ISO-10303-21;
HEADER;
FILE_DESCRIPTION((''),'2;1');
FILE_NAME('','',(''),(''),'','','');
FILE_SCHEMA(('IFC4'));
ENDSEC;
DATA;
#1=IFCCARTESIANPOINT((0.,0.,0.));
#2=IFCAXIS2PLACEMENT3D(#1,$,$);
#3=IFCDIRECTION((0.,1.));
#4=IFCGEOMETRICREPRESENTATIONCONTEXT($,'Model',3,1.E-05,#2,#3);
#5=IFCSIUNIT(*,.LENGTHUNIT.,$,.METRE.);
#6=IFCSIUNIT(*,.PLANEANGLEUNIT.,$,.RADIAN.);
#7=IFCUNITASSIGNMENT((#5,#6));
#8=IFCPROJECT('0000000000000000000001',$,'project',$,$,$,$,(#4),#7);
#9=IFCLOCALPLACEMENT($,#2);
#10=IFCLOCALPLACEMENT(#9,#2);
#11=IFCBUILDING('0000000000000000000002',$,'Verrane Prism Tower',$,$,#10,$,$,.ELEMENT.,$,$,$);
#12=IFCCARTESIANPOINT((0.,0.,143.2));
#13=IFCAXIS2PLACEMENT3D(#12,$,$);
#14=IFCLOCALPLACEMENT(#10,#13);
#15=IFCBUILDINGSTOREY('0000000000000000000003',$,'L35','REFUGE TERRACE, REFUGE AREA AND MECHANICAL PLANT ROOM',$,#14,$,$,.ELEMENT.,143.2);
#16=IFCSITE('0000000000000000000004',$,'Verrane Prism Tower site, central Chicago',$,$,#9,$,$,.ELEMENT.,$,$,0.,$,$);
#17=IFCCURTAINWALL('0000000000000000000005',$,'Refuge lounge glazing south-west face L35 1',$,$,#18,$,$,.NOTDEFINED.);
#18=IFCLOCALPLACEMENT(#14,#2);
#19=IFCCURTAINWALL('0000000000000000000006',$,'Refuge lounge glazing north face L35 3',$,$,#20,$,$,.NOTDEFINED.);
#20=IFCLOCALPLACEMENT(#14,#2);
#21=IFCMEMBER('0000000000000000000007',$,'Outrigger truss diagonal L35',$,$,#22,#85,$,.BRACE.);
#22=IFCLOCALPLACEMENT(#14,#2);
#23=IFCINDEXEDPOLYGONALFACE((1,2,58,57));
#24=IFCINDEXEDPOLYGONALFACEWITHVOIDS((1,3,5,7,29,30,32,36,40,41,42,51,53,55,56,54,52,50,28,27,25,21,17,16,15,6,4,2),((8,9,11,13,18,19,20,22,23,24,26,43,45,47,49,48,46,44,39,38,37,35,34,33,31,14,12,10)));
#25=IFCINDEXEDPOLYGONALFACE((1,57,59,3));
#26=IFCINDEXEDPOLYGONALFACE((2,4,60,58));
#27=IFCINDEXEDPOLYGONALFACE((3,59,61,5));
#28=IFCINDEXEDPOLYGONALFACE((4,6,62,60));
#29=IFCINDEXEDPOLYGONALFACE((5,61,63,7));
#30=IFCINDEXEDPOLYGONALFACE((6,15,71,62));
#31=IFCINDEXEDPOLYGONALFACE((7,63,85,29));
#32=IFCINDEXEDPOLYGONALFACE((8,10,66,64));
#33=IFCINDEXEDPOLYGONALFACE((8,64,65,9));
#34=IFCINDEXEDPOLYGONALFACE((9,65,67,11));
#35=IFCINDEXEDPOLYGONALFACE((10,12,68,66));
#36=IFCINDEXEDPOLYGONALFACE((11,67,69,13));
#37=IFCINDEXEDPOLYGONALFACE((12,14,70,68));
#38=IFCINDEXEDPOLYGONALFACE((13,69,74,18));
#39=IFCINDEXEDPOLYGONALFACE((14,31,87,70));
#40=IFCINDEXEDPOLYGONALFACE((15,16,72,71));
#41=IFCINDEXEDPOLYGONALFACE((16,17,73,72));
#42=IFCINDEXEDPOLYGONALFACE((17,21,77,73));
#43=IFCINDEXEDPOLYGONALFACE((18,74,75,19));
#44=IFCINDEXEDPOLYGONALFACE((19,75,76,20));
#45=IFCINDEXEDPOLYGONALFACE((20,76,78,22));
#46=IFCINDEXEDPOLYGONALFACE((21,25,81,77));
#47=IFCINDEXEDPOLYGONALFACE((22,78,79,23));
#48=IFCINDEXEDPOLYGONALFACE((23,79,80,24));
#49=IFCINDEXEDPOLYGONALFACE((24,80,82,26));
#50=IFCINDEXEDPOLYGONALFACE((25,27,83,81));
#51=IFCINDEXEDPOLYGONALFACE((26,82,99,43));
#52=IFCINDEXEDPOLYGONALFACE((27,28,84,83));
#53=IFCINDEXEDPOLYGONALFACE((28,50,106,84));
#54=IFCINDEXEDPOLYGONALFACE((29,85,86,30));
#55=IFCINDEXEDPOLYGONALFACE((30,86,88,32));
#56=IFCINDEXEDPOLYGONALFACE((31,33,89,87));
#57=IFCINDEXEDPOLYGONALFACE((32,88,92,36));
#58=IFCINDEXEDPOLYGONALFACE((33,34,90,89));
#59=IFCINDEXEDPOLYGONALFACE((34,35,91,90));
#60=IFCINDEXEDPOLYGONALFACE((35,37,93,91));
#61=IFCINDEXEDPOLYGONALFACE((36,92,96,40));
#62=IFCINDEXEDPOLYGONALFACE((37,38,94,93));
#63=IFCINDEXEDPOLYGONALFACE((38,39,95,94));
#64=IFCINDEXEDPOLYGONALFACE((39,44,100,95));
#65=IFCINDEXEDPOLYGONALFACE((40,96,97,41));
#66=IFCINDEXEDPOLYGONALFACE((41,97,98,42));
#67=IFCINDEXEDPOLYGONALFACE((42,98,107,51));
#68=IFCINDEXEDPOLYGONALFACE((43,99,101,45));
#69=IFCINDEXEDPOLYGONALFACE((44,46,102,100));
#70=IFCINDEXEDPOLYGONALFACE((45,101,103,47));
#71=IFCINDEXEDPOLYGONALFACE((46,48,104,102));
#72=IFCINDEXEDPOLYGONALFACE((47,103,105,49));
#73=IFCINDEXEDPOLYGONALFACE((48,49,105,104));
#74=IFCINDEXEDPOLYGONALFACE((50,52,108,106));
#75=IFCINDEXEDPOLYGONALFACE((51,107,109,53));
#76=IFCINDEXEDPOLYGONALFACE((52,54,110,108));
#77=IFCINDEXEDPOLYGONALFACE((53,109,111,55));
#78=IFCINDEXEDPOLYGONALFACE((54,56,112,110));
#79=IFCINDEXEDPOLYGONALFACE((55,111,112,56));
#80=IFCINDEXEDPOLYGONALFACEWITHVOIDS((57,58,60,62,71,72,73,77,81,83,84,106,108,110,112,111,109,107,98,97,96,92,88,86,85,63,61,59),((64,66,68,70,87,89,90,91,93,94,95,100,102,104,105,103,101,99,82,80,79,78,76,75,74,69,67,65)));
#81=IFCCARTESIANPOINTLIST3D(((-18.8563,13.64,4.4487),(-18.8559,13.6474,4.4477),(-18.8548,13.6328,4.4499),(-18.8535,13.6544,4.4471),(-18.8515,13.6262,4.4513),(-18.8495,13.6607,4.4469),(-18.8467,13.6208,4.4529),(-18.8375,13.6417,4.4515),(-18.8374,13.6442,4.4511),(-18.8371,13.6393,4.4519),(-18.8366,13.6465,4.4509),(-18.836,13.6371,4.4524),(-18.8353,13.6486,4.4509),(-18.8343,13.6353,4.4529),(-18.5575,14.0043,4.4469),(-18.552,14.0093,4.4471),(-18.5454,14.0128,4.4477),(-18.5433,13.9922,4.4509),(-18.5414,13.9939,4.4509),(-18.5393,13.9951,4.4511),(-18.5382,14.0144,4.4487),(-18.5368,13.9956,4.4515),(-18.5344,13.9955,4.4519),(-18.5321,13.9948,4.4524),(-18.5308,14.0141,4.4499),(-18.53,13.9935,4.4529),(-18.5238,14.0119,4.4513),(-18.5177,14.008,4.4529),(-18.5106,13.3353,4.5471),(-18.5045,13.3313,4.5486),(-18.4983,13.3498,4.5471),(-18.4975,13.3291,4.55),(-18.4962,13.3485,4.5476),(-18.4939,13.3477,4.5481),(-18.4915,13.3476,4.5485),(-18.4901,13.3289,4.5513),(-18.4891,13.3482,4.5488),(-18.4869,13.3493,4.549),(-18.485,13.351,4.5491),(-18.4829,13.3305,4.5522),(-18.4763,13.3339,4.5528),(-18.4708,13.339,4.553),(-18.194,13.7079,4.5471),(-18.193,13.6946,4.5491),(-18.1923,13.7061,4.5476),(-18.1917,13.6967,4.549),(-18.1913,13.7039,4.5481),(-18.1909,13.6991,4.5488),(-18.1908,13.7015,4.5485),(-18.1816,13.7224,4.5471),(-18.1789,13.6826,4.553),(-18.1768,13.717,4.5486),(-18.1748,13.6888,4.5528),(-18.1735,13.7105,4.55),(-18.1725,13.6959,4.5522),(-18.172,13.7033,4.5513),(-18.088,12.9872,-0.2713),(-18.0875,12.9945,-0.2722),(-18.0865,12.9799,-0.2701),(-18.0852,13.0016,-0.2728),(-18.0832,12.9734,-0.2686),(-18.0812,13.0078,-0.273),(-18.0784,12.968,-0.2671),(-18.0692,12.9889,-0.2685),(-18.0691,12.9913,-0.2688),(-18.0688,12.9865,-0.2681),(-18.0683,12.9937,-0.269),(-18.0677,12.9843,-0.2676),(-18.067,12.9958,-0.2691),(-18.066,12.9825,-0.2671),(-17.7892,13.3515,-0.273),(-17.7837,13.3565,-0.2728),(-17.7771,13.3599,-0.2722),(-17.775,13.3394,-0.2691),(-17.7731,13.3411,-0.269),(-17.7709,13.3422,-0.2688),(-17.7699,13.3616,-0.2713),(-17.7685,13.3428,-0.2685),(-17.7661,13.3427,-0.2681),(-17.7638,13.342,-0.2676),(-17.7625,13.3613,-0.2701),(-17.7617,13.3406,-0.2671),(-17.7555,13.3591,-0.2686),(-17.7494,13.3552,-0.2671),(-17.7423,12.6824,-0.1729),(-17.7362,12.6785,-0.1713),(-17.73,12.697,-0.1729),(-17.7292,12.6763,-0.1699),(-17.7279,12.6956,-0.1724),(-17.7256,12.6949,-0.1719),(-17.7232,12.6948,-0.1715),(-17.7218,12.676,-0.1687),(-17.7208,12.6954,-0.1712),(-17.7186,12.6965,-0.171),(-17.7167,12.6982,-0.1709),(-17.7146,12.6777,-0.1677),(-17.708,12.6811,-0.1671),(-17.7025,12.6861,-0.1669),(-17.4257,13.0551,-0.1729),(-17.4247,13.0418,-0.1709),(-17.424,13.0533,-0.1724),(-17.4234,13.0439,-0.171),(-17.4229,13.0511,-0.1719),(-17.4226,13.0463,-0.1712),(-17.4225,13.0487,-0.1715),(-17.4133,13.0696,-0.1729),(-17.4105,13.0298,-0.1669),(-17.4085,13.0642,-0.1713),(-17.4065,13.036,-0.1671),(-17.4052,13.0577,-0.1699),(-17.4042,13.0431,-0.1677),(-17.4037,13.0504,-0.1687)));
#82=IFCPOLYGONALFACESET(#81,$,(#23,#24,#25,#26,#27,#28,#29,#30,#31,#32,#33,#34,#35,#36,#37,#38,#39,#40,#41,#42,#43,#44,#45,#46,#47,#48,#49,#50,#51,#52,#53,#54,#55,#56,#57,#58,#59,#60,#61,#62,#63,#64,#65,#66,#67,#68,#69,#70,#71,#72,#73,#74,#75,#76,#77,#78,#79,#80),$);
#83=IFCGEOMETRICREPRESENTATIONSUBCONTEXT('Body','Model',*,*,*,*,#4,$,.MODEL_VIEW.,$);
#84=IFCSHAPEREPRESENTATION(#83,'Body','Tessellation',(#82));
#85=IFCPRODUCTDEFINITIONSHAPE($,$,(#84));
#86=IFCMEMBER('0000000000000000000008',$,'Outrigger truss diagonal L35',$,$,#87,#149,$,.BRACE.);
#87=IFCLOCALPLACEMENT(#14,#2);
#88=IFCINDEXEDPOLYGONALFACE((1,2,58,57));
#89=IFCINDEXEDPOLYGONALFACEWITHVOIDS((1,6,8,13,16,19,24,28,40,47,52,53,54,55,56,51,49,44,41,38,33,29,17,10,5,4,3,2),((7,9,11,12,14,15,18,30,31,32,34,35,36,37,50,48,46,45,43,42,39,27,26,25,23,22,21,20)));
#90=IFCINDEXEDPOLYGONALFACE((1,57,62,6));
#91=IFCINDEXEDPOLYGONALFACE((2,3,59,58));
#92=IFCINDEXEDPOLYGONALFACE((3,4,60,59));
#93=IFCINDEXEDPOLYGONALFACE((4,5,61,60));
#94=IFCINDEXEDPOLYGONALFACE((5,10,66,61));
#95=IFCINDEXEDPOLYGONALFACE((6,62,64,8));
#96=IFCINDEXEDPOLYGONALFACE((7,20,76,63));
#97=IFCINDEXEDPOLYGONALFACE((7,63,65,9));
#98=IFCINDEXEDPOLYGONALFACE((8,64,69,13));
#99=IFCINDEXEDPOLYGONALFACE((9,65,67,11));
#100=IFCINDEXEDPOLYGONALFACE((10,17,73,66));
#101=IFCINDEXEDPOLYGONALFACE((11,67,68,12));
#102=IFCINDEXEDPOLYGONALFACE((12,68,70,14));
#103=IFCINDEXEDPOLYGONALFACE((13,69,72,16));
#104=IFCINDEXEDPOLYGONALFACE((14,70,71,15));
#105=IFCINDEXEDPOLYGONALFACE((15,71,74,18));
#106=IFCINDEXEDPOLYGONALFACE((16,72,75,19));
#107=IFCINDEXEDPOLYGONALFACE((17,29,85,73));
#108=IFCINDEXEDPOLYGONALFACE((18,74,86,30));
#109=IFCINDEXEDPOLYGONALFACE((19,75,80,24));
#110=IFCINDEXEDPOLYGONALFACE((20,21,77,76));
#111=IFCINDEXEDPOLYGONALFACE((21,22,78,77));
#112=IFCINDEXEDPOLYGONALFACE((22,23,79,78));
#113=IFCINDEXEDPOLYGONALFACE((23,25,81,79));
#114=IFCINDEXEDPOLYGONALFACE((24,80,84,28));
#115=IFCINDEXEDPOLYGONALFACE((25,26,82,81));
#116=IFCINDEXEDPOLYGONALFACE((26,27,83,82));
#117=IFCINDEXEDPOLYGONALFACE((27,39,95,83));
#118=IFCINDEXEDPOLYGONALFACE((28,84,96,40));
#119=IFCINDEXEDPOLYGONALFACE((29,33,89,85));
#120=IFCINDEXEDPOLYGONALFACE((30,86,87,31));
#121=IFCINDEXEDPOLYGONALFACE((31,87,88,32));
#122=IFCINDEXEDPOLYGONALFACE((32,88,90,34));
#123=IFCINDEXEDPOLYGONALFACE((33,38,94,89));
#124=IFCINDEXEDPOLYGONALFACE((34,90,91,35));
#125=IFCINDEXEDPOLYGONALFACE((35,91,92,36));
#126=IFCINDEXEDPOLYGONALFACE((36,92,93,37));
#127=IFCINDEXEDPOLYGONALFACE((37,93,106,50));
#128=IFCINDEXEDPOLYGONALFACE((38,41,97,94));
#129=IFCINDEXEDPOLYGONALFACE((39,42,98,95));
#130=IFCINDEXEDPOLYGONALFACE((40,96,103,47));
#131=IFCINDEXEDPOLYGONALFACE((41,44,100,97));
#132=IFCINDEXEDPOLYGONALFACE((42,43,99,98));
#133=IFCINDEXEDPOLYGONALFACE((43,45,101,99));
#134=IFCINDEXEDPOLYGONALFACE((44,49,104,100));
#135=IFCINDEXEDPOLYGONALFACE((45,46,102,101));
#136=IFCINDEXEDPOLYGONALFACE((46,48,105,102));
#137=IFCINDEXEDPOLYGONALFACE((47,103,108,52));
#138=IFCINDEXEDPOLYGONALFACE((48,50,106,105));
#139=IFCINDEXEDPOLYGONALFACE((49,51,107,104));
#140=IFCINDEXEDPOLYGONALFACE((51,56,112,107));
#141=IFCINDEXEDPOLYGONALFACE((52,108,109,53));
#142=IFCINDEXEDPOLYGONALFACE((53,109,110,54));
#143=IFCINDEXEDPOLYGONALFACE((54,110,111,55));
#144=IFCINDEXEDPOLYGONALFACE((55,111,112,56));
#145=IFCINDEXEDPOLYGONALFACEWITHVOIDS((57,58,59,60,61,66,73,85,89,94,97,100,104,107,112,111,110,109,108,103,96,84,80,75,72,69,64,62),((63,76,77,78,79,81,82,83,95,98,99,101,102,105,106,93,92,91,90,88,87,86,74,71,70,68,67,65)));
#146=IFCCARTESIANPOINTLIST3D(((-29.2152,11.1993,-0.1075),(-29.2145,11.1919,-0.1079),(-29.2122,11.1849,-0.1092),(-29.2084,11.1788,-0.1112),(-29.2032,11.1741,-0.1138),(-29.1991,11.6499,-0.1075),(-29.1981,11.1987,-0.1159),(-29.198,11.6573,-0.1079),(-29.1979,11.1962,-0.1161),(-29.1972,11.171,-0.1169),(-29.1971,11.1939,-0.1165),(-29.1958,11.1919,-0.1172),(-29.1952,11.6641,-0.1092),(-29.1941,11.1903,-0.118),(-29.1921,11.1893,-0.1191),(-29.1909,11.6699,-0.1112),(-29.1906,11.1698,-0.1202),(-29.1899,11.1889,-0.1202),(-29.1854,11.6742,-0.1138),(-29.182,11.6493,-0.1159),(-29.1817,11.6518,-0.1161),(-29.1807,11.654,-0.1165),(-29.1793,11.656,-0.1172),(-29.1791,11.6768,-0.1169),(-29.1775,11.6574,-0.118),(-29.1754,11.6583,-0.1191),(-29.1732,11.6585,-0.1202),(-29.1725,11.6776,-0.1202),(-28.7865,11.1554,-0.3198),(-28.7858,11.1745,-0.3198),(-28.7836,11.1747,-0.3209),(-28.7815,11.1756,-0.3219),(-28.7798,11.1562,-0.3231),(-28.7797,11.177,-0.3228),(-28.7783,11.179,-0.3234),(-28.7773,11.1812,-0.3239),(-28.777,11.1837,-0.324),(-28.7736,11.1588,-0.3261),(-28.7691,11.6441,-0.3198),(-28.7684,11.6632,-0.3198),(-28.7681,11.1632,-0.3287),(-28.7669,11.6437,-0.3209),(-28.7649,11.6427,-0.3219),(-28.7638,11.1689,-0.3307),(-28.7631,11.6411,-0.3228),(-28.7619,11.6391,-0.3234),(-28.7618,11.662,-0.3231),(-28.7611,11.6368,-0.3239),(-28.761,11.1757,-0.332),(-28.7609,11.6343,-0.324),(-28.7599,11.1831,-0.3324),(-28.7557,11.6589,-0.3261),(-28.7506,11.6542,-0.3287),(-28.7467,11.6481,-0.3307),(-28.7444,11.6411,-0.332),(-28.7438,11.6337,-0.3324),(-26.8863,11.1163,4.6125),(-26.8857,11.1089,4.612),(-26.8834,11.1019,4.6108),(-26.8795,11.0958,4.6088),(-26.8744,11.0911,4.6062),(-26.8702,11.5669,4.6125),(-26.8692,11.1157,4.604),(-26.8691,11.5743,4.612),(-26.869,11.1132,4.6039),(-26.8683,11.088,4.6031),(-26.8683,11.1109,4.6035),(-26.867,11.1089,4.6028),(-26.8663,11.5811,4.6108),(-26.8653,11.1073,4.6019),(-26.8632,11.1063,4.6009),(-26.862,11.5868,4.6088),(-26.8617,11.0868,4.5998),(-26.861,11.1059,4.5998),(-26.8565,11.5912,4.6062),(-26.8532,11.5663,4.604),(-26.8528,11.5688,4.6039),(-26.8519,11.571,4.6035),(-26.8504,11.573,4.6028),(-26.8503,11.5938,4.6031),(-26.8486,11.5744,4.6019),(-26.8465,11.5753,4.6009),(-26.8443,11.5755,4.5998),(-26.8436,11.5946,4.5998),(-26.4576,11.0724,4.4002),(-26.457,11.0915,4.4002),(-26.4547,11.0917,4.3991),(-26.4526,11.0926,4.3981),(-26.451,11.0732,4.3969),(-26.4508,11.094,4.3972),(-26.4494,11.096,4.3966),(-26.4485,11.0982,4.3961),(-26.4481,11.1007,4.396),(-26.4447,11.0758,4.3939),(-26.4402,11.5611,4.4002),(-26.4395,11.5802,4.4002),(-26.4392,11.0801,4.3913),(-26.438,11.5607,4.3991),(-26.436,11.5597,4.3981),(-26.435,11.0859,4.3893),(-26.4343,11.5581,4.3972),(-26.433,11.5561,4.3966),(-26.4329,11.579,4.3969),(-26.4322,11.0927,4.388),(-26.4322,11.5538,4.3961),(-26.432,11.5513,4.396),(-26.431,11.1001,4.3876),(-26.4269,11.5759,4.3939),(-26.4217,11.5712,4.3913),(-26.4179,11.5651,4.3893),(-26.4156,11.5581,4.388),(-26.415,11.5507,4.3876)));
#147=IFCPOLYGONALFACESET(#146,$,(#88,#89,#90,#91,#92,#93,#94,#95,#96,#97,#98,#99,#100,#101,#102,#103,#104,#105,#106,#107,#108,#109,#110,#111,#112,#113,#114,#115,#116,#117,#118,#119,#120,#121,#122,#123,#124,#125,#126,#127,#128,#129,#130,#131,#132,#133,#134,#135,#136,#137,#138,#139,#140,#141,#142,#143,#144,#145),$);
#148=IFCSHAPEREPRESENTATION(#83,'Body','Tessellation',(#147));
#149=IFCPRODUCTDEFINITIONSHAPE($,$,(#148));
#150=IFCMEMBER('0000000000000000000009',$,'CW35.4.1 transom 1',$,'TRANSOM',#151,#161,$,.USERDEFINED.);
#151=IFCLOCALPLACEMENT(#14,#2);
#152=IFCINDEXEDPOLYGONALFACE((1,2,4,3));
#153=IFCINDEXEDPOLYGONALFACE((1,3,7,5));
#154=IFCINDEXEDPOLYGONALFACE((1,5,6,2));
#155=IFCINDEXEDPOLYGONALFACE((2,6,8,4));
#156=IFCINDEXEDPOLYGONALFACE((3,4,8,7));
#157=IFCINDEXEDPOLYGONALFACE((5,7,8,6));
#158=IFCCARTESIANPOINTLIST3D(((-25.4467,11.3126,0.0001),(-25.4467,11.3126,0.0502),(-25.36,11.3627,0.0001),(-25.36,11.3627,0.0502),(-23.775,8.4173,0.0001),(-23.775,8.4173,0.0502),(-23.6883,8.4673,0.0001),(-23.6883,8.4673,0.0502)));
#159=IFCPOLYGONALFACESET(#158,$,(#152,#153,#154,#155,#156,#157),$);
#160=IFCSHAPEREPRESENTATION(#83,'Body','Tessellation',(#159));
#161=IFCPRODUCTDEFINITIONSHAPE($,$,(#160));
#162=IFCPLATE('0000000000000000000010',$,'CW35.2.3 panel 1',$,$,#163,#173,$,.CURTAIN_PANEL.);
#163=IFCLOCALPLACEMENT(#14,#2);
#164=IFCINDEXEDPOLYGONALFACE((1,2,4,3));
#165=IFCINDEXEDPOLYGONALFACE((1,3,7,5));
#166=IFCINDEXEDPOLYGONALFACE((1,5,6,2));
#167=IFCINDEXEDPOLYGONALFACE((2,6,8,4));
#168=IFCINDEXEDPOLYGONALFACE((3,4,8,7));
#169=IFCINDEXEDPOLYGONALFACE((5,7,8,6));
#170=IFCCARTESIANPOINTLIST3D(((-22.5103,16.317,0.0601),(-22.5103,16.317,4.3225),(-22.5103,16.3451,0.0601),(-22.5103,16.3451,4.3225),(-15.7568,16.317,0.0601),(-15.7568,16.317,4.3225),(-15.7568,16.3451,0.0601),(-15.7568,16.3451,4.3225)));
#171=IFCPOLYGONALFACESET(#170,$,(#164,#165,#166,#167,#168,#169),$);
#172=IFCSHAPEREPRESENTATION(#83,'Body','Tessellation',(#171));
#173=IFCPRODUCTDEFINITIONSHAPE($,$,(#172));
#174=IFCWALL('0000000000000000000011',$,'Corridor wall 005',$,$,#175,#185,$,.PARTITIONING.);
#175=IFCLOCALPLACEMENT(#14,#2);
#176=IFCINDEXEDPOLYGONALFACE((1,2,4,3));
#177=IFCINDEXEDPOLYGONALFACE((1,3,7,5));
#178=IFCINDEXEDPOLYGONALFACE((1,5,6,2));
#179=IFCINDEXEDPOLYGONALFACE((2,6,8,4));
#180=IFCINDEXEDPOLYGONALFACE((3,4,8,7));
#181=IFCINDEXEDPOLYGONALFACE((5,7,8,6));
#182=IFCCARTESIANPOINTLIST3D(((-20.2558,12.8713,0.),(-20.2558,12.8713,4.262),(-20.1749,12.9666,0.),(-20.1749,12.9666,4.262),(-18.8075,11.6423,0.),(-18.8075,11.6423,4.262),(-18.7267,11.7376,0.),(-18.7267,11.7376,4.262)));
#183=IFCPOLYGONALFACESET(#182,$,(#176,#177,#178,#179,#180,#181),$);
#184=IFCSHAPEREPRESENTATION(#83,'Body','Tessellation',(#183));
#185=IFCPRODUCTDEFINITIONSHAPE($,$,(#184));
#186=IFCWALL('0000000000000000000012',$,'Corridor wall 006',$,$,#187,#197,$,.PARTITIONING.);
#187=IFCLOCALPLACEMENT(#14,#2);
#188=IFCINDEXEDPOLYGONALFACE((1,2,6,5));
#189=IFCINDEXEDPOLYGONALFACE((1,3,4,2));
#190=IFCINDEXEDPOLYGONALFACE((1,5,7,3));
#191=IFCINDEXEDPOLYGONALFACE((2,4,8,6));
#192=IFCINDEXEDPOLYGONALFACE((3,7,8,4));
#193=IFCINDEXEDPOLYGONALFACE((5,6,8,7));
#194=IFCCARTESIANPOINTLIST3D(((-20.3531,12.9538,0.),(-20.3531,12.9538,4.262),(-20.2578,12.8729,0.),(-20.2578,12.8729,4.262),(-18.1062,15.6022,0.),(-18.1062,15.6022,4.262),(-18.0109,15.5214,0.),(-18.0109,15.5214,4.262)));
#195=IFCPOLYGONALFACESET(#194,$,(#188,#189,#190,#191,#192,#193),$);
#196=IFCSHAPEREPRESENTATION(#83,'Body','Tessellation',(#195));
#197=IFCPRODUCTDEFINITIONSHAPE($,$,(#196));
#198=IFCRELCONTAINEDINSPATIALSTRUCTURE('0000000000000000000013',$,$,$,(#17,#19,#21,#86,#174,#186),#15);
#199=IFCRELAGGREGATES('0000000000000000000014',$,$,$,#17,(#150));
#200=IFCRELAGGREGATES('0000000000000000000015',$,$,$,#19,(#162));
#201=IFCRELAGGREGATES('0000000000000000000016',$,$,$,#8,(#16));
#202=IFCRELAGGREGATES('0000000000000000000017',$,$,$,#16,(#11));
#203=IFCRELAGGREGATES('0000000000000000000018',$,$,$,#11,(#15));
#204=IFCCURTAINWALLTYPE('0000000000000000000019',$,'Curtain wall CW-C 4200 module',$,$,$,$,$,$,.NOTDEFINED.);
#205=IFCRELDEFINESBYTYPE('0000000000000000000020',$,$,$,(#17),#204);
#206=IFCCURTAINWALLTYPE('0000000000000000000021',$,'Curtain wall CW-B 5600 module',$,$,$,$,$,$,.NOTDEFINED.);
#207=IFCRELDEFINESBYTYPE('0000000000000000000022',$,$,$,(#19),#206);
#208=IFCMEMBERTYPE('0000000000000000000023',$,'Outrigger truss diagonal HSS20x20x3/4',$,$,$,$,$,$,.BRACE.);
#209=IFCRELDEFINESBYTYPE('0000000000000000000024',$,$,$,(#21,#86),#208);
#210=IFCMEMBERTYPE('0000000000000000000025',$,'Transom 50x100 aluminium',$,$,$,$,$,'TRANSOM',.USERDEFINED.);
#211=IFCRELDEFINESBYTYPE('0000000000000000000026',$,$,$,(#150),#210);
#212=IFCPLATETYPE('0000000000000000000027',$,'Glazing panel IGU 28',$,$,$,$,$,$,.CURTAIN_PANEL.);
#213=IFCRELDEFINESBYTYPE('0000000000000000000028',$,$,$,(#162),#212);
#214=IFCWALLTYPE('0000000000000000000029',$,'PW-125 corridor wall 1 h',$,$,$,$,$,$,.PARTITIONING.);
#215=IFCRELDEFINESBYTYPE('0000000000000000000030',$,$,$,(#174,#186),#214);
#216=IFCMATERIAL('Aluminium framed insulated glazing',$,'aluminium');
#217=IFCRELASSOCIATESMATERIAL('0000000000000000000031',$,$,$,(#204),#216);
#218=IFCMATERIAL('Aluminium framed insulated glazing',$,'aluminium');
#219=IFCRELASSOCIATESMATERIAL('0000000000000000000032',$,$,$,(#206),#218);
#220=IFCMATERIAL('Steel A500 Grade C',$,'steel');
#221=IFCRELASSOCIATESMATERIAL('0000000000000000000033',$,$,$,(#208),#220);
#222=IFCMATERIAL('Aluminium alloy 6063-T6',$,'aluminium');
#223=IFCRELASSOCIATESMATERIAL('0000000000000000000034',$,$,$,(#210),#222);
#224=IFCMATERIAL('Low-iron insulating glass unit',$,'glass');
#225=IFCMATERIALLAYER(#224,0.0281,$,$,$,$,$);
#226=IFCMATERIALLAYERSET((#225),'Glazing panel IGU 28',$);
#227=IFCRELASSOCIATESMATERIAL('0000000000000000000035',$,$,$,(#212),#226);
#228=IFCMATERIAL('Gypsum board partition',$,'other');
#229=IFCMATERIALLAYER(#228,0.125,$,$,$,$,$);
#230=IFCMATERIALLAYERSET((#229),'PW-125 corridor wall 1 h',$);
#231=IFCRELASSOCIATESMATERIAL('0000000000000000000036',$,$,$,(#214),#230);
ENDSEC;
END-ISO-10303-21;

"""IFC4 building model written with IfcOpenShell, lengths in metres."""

from ifc_helpers import new_model, si_unit, direction, frame, frame_2d, origin, origin_2d, place, context, subcontext, project, spatial, rectangle, hollow_rectangle, extrude, material, layer, layer_set, material_profile, profile_set, type_object, element, aggregate, save


model = new_model("IFC4")

# Units and contexts
model_context = context("Model", 3, precision=1e-05, world=origin(), true_north=direction((0.0, 1.0)))
body_context = subcontext(model_context, "Body", "Model", "MODEL_VIEW")
ifc_project = project(units=[si_unit("LENGTHUNIT", "METRE"), si_unit("PLANEANGLEUNIT", "RADIAN")], contexts=[model_context])

# Site, building, storey
site_placement = place(None, origin())
site = spatial("IfcSite", under=ifc_project, at=site_placement, Name="Verrane Prism Tower site, central Chicago", CompositionType="ELEMENT", RefElevation=0.0)
building_placement = place(site_placement, origin())
building = spatial("IfcBuilding", under=site, at=building_placement, Name="Verrane Prism Tower", CompositionType="ELEMENT")
storey_placement = place(building_placement, frame((0.0, 0.0, 143.2)))
storey = spatial("IfcBuildingStorey", under=building, at=storey_placement, Name="L35", Description="REFUGE TERRACE, REFUGE AREA AND MECHANICAL PLANT ROOM", CompositionType="ELEMENT", Elevation=143.2)

# Curtain walls
ifc_material_1 = material(Name="Aluminium framed insulated glazing", Category="aluminium")
curtain_wall_type_1 = type_object("IfcCurtainWallType", Name="Curtain wall CW-C 4200 module", PredefinedType="NOTDEFINED", material=ifc_material_1)
curtain_wall_1_placement = place(storey_placement, origin())
curtain_wall_1 = element("IfcCurtainWall", 1, at=curtain_wall_1_placement, inside=storey, type_object=curtain_wall_type_1, Name="Refuge lounge glazing south-west face L35 1", PredefinedType="NOTDEFINED")
ifc_material_2 = material(Name="Aluminium framed insulated glazing", Category="aluminium")
curtain_wall_type_2 = type_object("IfcCurtainWallType", Name="Curtain wall CW-B 5600 module", PredefinedType="NOTDEFINED", material=ifc_material_2)
curtain_wall_2_placement = place(storey_placement, origin())
curtain_wall_2 = element("IfcCurtainWall", 2, at=curtain_wall_2_placement, inside=storey, type_object=curtain_wall_type_2, Name="Refuge lounge glazing north face L35 3", PredefinedType="NOTDEFINED")

# Members
ifc_material_3 = material(Name="Steel A500 Grade C", Category="steel")
ifc_material_profile_1 = material_profile(ifc_material_3, hollow_rectangle(XDim=0.5081, YDim=0.5081, WallThickness=0.019, InnerFilletRadius=0.0095, OuterFilletRadius=0.0286, at=origin_2d()), Name="HSS20x20x3/4")
ifc_profile_set_1 = profile_set([ifc_material_profile_1], Name="Steel A500 Grade C")
member_type_1 = type_object("IfcMemberType", Name="Outrigger truss diagonal HSS20x20x3/4", PredefinedType="BRACE", material=ifc_profile_set_1)
member_1_placement = place(storey_placement, frame((-17.7458, 13.0188, -0.22), z_axis=(-0.159188, 0.135261, 0.977938), x_axis=(-0.647515, -0.762053, 0.0)))
element("IfcMember", 3, at=member_1_placement, inside=storey, type_object=member_type_1, Name="Outrigger truss diagonal L35", PredefinedType="BRACE", context=body_context, shape_type="SweptSolid", body=[
    extrude(hollow_rectangle(XDim=0.5081, YDim=0.5081, WallThickness=0.019, InnerFilletRadius=0.0095, OuterFilletRadius=0.0286, at=origin_2d()), origin(), (0.0, 0.0, 1.0), 4.8264),
])
member_2_placement = place(storey_placement, frame((-28.9795, 11.4165, -0.22), z_axis=(0.442421, -0.015769, 0.896669), x_axis=(0.035621, 0.999365, 0.0)))
element("IfcMember", 4, at=member_2_placement, inside=storey, type_object=member_type_1, Name="Outrigger truss diagonal L35", PredefinedType="BRACE", context=body_context, shape_type="SweptSolid", body=[
    extrude(hollow_rectangle(XDim=0.5081, YDim=0.5081, WallThickness=0.019, InnerFilletRadius=0.0095, OuterFilletRadius=0.0286, at=origin_2d()), origin(), (0.0, 0.0, 1.0), 5.2639),
])

# Member
ifc_material_4 = material(Name="Aluminium alloy 6063-T6", Category="aluminium")
ifc_material_profile_2 = material_profile(ifc_material_4, rectangle(XDim=0.1001, YDim=0.05, at=origin_2d()), Name="Transom 50x100 aluminium")
ifc_profile_set_2 = profile_set([ifc_material_profile_2], Name="Aluminium alloy 6063-T6")
member_type_2 = type_object("IfcMemberType", Name="Transom 50x100 aluminium", ElementType="TRANSOM", PredefinedType="USERDEFINED", material=ifc_profile_set_2)
member_3_placement = place(storey_placement, frame((-25.4033, 11.3376, 0.0251), z_axis=(0.500011, -0.866019, 0.0), x_axis=(0.866019, 0.500011, 0.0)))
member_3 = element("IfcMember", 5, at=member_3_placement, type_object=member_type_2, Name="CW35.4.1 transom 1", ObjectType="TRANSOM", PredefinedType="USERDEFINED", context=body_context, shape_type="SweptSolid", body=[
    extrude(rectangle(XDim=0.1001, YDim=0.05, at=origin_2d()), origin(), (0.0, 0.0, 1.0), 3.3433),
])
aggregate(curtain_wall_1, [member_3])

# Plate
ifc_material_5 = material(Name="Low-iron insulating glass unit", Category="glass")
ifc_layer_1 = layer(ifc_material_5, 0.0281)
ifc_layer_set_1 = layer_set([ifc_layer_1], Name="Glazing panel IGU 28")
plate_type = type_object("IfcPlateType", Name="Glazing panel IGU 28", PredefinedType="CURTAIN_PANEL", material=ifc_layer_set_1)
plate_placement = place(storey_placement, frame((-19.1335, 16.3311, 0.0601), z_axis=(0.0, 0.0, 1.0), x_axis=(-1.0, 0.0, 0.0)))
plate = element("IfcPlate", 6, at=plate_placement, type_object=plate_type, Name="CW35.2.3 panel 1", PredefinedType="CURTAIN_PANEL", context=body_context, shape_type="SweptSolid", body=[
    extrude(rectangle(XDim=6.7534, YDim=0.0281, at=origin_2d()), origin(), (0.0, 0.0, 1.0), 4.2625),
])
aggregate(curtain_wall_2, [plate])

# Walls
ifc_material_6 = material(Name="Gypsum board partition", Category="other")
ifc_layer_2 = layer(ifc_material_6, 0.125)
ifc_layer_set_2 = layer_set([ifc_layer_2], Name="PW-125 corridor wall 1 h")
wall_type = type_object("IfcWallType", Name="PW-125 corridor wall 1 h", PredefinedType="PARTITIONING", material=ifc_layer_set_2)
wall_1_placement = place(storey_placement, frame((-20.2153, 12.9189, 0.0), z_axis=(0.0, 0.0, 1.0), x_axis=(0.762459, -0.647036, 0.0)))
element("IfcWall", 7, at=wall_1_placement, inside=storey, type_object=wall_type, Name="Corridor wall 005", PredefinedType="PARTITIONING", context=body_context, shape_type="SweptSolid", body=[
    extrude(rectangle(XDim=1.8994, YDim=0.125, at=frame_2d((0.9497, 0.0))), origin(), (0.0, 0.0, 1.0), 4.262),
])
wall_2_placement = place(storey_placement, frame((-20.3054, 12.9133, 0.0), z_axis=(0.0, 0.0, 1.0), x_axis=(0.646922, 0.762556, 0.0)))
element("IfcWall", 8, at=wall_2_placement, inside=storey, type_object=wall_type, Name="Corridor wall 006", PredefinedType="PARTITIONING", context=body_context, shape_type="SweptSolid", body=[
    extrude(rectangle(XDim=3.4731, YDim=0.125, at=frame_2d((1.7366, 0.0))), origin(), (0.0, 0.0, 1.0), 4.262),
])

save(model, "model.ifc")
